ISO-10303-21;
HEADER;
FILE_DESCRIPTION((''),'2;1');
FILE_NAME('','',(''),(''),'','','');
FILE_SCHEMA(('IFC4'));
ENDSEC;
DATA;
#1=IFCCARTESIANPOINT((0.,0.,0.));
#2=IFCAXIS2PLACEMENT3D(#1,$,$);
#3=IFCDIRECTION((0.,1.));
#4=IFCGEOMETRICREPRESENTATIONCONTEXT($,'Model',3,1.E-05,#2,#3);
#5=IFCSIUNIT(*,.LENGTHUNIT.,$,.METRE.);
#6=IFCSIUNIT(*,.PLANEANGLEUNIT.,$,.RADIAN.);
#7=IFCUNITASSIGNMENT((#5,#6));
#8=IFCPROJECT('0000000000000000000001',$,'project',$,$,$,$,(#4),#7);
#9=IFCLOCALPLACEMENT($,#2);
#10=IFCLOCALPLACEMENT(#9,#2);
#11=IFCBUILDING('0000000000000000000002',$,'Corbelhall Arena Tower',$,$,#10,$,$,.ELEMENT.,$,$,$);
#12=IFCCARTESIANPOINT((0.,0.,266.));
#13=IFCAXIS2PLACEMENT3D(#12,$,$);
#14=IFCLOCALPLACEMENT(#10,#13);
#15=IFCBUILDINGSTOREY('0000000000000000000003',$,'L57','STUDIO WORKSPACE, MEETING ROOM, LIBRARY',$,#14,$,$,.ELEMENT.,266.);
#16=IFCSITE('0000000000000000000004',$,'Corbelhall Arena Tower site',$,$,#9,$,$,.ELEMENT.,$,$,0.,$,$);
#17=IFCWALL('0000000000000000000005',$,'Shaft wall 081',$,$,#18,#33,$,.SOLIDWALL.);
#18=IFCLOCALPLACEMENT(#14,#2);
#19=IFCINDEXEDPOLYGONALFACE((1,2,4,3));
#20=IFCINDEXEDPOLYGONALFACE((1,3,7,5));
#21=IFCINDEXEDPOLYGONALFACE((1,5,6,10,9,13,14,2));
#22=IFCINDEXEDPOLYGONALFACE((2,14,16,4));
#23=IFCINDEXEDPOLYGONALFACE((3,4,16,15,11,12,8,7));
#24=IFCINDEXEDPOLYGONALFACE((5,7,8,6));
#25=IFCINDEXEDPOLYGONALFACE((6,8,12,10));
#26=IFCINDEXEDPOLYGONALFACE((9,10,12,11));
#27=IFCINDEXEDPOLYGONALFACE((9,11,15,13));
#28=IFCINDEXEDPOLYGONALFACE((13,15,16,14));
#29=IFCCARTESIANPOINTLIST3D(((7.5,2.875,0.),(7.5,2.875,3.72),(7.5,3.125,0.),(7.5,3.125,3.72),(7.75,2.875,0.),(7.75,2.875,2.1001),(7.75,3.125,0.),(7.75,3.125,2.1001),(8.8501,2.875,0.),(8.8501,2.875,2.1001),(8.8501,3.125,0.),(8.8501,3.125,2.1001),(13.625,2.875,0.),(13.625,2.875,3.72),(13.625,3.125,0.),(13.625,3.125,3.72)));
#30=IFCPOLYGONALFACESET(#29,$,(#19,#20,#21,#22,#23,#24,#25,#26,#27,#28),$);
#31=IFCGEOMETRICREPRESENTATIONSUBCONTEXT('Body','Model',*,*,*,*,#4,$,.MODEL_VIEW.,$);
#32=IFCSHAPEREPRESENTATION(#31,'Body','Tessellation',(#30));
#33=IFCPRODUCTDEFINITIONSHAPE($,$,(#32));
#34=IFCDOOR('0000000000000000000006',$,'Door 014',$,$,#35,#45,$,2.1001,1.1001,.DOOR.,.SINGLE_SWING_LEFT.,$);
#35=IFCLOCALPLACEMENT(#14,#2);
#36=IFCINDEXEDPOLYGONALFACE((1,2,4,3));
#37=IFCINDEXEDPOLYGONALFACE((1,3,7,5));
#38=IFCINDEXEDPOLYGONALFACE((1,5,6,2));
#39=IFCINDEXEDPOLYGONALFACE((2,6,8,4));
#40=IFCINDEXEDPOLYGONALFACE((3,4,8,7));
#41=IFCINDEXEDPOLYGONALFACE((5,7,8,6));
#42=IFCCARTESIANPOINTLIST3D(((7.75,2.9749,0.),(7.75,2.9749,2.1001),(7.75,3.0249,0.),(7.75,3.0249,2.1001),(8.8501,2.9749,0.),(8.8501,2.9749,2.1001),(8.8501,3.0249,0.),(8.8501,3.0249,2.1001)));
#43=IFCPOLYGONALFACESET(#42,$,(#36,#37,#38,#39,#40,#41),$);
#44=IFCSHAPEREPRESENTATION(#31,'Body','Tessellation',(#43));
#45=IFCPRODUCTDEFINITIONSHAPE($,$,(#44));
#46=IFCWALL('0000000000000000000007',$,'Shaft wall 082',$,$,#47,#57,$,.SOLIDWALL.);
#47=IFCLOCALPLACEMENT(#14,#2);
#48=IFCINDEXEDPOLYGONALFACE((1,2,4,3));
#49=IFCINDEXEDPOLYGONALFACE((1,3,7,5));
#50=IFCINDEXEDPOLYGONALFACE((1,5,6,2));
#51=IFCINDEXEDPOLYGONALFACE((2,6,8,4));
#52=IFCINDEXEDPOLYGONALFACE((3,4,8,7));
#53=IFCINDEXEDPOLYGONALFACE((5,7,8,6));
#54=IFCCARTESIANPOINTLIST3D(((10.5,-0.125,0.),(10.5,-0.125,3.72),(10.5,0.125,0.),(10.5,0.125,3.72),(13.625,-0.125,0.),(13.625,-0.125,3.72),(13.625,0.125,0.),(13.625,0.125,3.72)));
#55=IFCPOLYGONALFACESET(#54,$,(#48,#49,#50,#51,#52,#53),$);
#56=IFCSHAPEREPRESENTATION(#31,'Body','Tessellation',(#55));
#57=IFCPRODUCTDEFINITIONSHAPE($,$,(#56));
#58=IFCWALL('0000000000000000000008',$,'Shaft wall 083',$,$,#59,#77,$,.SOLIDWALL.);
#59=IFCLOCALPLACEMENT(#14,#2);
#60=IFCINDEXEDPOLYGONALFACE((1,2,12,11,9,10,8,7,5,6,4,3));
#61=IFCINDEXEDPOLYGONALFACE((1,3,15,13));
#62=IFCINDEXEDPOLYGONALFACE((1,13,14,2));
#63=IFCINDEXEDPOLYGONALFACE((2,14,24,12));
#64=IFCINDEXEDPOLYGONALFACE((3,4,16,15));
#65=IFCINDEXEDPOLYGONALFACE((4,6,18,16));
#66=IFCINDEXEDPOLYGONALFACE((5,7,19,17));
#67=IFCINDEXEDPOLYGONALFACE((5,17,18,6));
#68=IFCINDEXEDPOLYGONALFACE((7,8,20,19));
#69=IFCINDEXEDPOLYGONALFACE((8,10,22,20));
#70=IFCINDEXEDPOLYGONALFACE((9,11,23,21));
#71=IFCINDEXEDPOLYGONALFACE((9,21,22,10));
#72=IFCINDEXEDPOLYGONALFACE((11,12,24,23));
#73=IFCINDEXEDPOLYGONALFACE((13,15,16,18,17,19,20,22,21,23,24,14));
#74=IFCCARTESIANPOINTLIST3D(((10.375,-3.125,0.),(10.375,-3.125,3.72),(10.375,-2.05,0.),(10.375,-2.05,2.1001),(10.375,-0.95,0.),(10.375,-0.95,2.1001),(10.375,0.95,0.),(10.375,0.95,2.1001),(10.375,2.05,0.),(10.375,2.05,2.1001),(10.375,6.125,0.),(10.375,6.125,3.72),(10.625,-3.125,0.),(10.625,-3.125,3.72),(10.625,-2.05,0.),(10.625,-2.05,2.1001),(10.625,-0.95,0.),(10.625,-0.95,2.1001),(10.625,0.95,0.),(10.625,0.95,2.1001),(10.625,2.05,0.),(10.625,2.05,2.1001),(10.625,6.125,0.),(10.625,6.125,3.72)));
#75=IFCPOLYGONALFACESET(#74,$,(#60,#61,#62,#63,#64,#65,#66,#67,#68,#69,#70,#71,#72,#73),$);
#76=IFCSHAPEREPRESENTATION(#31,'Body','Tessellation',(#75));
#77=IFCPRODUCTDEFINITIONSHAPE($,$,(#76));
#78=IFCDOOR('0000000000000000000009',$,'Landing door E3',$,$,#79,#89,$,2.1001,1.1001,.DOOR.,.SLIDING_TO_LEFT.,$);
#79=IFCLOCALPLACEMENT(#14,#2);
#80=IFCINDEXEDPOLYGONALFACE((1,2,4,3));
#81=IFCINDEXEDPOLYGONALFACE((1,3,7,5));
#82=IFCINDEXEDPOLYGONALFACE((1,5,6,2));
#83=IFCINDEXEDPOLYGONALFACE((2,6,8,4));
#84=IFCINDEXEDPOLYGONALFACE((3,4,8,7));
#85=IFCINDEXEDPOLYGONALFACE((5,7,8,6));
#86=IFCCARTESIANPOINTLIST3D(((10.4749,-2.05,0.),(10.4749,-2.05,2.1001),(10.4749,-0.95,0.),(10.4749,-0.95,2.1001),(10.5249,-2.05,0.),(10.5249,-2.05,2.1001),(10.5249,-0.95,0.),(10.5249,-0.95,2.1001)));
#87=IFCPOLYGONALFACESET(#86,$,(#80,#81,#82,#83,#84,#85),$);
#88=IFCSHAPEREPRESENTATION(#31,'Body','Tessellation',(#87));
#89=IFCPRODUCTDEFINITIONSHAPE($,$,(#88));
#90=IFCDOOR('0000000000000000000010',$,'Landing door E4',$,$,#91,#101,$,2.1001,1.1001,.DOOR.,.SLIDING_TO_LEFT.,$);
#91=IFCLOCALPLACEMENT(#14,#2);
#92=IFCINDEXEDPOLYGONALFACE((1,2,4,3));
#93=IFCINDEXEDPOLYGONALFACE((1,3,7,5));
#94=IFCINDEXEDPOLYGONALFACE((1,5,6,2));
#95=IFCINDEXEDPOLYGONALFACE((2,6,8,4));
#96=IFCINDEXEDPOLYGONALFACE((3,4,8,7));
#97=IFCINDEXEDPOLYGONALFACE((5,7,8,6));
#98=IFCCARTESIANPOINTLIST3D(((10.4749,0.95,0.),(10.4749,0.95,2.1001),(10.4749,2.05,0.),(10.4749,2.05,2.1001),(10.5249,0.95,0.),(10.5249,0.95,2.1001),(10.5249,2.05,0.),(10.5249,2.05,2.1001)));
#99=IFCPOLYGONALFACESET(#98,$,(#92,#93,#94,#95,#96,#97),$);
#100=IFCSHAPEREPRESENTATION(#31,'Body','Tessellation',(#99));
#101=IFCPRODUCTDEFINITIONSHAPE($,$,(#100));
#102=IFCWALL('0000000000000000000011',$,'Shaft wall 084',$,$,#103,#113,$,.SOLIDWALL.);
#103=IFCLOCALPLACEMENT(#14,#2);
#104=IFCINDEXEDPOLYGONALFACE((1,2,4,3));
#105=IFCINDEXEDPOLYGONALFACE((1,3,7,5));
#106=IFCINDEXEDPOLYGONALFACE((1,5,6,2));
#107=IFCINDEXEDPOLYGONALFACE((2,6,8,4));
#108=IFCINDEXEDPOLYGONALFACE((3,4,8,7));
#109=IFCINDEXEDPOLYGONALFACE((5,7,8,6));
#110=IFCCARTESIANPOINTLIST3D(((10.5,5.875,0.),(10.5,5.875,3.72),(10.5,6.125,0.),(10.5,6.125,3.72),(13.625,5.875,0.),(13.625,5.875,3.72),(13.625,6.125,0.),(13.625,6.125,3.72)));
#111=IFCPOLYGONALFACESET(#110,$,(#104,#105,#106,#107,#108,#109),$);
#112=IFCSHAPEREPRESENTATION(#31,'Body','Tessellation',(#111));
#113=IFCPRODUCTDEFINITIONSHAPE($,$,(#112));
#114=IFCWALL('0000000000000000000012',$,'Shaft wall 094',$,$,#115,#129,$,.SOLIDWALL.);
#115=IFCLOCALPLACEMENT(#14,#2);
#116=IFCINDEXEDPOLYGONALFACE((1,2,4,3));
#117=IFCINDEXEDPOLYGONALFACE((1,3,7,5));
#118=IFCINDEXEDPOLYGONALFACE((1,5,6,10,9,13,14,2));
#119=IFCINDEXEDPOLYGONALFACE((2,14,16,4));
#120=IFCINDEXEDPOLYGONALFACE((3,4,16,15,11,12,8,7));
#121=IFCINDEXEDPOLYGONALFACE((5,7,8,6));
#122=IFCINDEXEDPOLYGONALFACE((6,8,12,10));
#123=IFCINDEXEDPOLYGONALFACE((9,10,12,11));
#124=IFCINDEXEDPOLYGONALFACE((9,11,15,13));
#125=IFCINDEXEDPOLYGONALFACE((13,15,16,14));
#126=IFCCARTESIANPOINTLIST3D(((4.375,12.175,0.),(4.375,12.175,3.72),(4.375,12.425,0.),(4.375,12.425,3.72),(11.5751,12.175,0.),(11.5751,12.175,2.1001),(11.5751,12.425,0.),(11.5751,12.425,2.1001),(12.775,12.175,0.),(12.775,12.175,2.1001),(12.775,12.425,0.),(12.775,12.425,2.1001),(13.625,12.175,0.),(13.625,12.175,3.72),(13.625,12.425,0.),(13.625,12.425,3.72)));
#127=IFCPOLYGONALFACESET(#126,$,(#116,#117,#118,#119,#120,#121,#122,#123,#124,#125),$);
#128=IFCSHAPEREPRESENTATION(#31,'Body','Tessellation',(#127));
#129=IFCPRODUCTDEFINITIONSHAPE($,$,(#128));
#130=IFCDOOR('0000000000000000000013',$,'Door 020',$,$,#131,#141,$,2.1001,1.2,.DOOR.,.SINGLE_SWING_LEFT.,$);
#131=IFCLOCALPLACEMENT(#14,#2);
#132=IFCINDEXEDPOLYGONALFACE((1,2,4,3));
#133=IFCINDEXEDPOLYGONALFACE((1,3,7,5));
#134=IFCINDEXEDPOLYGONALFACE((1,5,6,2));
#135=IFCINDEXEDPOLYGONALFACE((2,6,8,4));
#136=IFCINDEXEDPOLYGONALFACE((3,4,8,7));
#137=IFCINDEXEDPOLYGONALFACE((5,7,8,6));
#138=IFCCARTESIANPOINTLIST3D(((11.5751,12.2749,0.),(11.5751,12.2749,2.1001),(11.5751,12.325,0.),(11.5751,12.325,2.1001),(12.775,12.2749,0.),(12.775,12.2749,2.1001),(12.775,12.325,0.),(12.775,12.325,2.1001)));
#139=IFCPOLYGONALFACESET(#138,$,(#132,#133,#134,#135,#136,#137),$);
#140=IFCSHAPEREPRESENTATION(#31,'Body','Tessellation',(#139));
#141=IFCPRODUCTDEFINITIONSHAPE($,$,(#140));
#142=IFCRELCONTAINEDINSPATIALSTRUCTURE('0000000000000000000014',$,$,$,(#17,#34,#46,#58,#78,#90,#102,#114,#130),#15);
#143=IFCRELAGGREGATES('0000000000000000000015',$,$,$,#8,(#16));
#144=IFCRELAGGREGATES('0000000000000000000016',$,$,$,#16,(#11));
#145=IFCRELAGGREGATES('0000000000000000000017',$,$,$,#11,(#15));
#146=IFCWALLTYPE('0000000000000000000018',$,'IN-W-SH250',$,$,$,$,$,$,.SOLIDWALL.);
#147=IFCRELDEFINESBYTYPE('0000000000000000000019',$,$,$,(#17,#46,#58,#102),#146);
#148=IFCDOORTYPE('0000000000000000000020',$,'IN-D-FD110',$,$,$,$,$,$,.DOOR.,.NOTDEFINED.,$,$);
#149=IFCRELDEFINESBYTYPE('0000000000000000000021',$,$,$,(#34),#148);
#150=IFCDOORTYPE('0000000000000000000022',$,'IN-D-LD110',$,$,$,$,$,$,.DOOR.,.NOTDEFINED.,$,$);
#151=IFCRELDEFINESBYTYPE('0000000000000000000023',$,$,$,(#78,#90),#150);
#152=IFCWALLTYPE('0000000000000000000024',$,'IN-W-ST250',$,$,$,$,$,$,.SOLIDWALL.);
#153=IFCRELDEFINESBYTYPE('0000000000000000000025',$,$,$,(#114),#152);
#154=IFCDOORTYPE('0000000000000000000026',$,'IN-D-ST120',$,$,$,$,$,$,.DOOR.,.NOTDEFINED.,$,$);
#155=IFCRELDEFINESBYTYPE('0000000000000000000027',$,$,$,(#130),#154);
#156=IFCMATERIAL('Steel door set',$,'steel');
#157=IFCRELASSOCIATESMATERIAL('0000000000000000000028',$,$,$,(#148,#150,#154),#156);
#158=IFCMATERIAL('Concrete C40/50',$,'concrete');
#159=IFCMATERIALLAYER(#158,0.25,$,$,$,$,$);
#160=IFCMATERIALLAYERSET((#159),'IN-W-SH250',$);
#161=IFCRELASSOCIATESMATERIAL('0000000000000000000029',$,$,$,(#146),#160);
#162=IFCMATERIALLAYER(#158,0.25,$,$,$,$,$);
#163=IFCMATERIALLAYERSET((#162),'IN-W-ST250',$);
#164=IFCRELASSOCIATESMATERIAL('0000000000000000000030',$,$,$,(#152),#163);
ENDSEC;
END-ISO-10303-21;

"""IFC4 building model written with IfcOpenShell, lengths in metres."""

from ifc_helpers import new_model, si_unit, direction, frame, frame_2d, origin, place, context, subcontext, project, spatial, rectangle, extrude, material, layer, layer_set, type_object, element, fill, save


model = new_model("IFC4")

# Units and contexts
model_context = context("Model", 3, precision=1e-05, world=origin(), true_north=direction((0.0, 1.0)))
body_context = subcontext(model_context, "Body", "Model", "MODEL_VIEW")
ifc_project = project(units=[si_unit("LENGTHUNIT", "METRE"), si_unit("PLANEANGLEUNIT", "RADIAN")], contexts=[model_context])

# Site, building, storey
site_placement = place(None, origin())
site = spatial("IfcSite", under=ifc_project, at=site_placement, Name="Corbelhall Arena Tower site", CompositionType="ELEMENT", RefElevation=0.0)
building_placement = place(site_placement, origin())
building = spatial("IfcBuilding", under=site, at=building_placement, Name="Corbelhall Arena Tower", CompositionType="ELEMENT")
storey_placement = place(building_placement, frame((0.0, 0.0, 266.0)))
storey = spatial("IfcBuildingStorey", under=building, at=storey_placement, Name="L57", Description="STUDIO WORKSPACE, MEETING ROOM, LIBRARY", CompositionType="ELEMENT", Elevation=266.0)

# Shared definitions
ifc_material_1 = material(Name="Concrete C40/50", Category="concrete")

# Shared definitions
ifc_material_2 = material(Name="Steel door set", Category="steel")
door_type_1 = type_object("IfcDoorType", Name="IN-D-FD110", OperationType="NOTDEFINED", PredefinedType="DOOR", material=ifc_material_2)

# Shared definitions
ifc_layer_1 = layer(ifc_material_1, 0.25)
ifc_layer_set_1 = layer_set([ifc_layer_1], Name="IN-W-SH250")
wall_type_1 = type_object("IfcWallType", Name="IN-W-SH250", PredefinedType="SOLIDWALL", material=ifc_layer_set_1)

# Wall, opening, door
wall_1_placement = place(storey_placement, frame((7.5, 3.0, 0.0), z_axis=(0.0, 0.0, 1.0), x_axis=(1.0, 0.0, 0.0)))
wall_1 = element("IfcWall", 1, at=wall_1_placement, inside=storey, type_object=wall_type_1, Name="Shaft wall 081", PredefinedType="SOLIDWALL", context=body_context, shape_type="SweptSolid", body=[
    extrude(rectangle(XDim=6.125, YDim=0.25, at=frame_2d((3.0625, 0.0))), origin(), (0.0, 0.0, 1.0), 3.72),
])
opening_1_placement = place(wall_1_placement, frame((0.25, 0.0, 0.0)))
opening_1 = element("IfcOpeningElement", 2, at=opening_1_placement, cuts=wall_1, PredefinedType="OPENING", context=body_context, shape_type="SweptSolid", body=[
    extrude(rectangle(XDim=1.1001, YDim=2.1001, at=frame_2d((0.55, 1.05))), frame((0.0, 0.125, 0.0), z_axis=(0.0, -1.0, 0.0), x_axis=(1.0, 0.0, 0.0)), (0.0, 0.0, 1.0), 0.25),
])
door_1_placement = place(opening_1_placement, origin())
door_1 = element("IfcDoor", 3, at=door_1_placement, inside=storey, type_object=door_type_1, Name="Door 014", OperationType="SINGLE_SWING_LEFT", OverallHeight=2.1001, OverallWidth=1.1001, PredefinedType="DOOR", context=body_context, shape_type="SweptSolid", body=[
    extrude(rectangle(XDim=1.1001, YDim=2.1001, at=frame_2d((0.55, 1.05))), frame((0.0, 0.0249, 0.0), z_axis=(0.0, -1.0, 0.0), x_axis=(1.0, 0.0, 0.0)), (0.0, 0.0, 1.0), 0.05),
])
fill(opening_1, door_1)

# Wall
wall_2_placement = place(storey_placement, frame((10.5, 0.0, 0.0), z_axis=(0.0, 0.0, 1.0), x_axis=(1.0, 0.0, 0.0)))
element("IfcWall", 4, at=wall_2_placement, inside=storey, type_object=wall_type_1, Name="Shaft wall 082", PredefinedType="SOLIDWALL", context=body_context, shape_type="SweptSolid", body=[
    extrude(rectangle(XDim=3.125, YDim=0.25, at=frame_2d((1.5625, 0.0))), origin(), (0.0, 0.0, 1.0), 3.72),
])

# Wall, openings, doors
wall_3_placement = place(storey_placement, frame((10.5, 6.125, 0.0), z_axis=(0.0, 0.0, 1.0), x_axis=(0.0, -1.0, 0.0)))
wall_3 = element("IfcWall", 5, at=wall_3_placement, inside=storey, type_object=wall_type_1, Name="Shaft wall 083", PredefinedType="SOLIDWALL", context=body_context, shape_type="SweptSolid", body=[
    extrude(rectangle(XDim=9.25, YDim=0.25, at=frame_2d((4.625, 0.0))), origin(), (0.0, 0.0, 1.0), 3.72),
])
opening_2_placement = place(wall_3_placement, frame((7.075, 0.0, 0.0)))
opening_2 = element("IfcOpeningElement", 6, at=opening_2_placement, cuts=wall_3, PredefinedType="OPENING", context=body_context, shape_type="SweptSolid", body=[
    extrude(rectangle(XDim=1.1001, YDim=2.1001, at=frame_2d((0.55, 1.05))), frame((0.0, 0.125, 0.0), z_axis=(0.0, -1.0, 0.0), x_axis=(1.0, 0.0, 0.0)), (0.0, 0.0, 1.0), 0.25),
])
opening_3_placement = place(wall_3_placement, frame((4.075, 0.0, 0.0)))
opening_3 = element("IfcOpeningElement", 7, at=opening_3_placement, cuts=wall_3, PredefinedType="OPENING", context=body_context, shape_type="SweptSolid", body=[
    extrude(rectangle(XDim=1.1001, YDim=2.1001, at=frame_2d((0.55, 1.05))), frame((0.0, 0.125, 0.0), z_axis=(0.0, -1.0, 0.0), x_axis=(1.0, 0.0, 0.0)), (0.0, 0.0, 1.0), 0.25),
])
door_type_2 = type_object("IfcDoorType", Name="IN-D-LD110", OperationType="NOTDEFINED", PredefinedType="DOOR", material=ifc_material_2)
door_2_placement = place(opening_2_placement, origin())
door_2 = element("IfcDoor", 8, at=door_2_placement, inside=storey, type_object=door_type_2, Name="Landing door E3", OperationType="SLIDING_TO_LEFT", OverallHeight=2.1001, OverallWidth=1.1001, PredefinedType="DOOR", context=body_context, shape_type="SweptSolid", body=[
    extrude(rectangle(XDim=1.1001, YDim=2.1001, at=frame_2d((0.55, 1.05))), frame((0.0, 0.0249, 0.0), z_axis=(0.0, -1.0, 0.0), x_axis=(1.0, 0.0, 0.0)), (0.0, 0.0, 1.0), 0.05),
])
fill(opening_2, door_2)
door_3_placement = place(opening_3_placement, origin())
door_3 = element("IfcDoor", 9, at=door_3_placement, inside=storey, type_object=door_type_2, Name="Landing door E4", OperationType="SLIDING_TO_LEFT", OverallHeight=2.1001, OverallWidth=1.1001, PredefinedType="DOOR", context=body_context, shape_type="SweptSolid", body=[
    extrude(rectangle(XDim=1.1001, YDim=2.1001, at=frame_2d((0.55, 1.05))), frame((0.0, 0.0249, 0.0), z_axis=(0.0, -1.0, 0.0), x_axis=(1.0, 0.0, 0.0)), (0.0, 0.0, 1.0), 0.05),
])
fill(opening_3, door_3)

# Wall
wall_4_placement = place(storey_placement, frame((10.5, 6.0, 0.0), z_axis=(0.0, 0.0, 1.0), x_axis=(1.0, 0.0, 0.0)))
element("IfcWall", 10, at=wall_4_placement, inside=storey, type_object=wall_type_1, Name="Shaft wall 084", PredefinedType="SOLIDWALL", context=body_context, shape_type="SweptSolid", body=[
    extrude(rectangle(XDim=3.125, YDim=0.25, at=frame_2d((1.5625, 0.0))), origin(), (0.0, 0.0, 1.0), 3.72),
])

# Wall, opening, door
ifc_layer_2 = layer(ifc_material_1, 0.25)
ifc_layer_set_2 = layer_set([ifc_layer_2], Name="IN-W-ST250")
wall_type_2 = type_object("IfcWallType", Name="IN-W-ST250", PredefinedType="SOLIDWALL", material=ifc_layer_set_2)
wall_5_placement = place(storey_placement, frame((4.375, 12.3, 0.0), z_axis=(0.0, 0.0, 1.0), x_axis=(1.0, 0.0, 0.0)))
wall_5 = element("IfcWall", 11, at=wall_5_placement, inside=storey, type_object=wall_type_2, Name="Shaft wall 094", PredefinedType="SOLIDWALL", context=body_context, shape_type="SweptSolid", body=[
    extrude(rectangle(XDim=9.25, YDim=0.25, at=frame_2d((4.625, 0.0))), origin(), (0.0, 0.0, 1.0), 3.72),
])
opening_4_placement = place(wall_5_placement, frame((7.2, 0.0, 0.0)))
opening_4 = element("IfcOpeningElement", 12, at=opening_4_placement, cuts=wall_5, PredefinedType="OPENING", context=body_context, shape_type="SweptSolid", body=[
    extrude(rectangle(XDim=1.2, YDim=2.1001, at=frame_2d((0.6001, 1.05))), frame((0.0, 0.125, 0.0), z_axis=(0.0, -1.0, 0.0), x_axis=(1.0, 0.0, 0.0)), (0.0, 0.0, 1.0), 0.25),
])
door_type_3 = type_object("IfcDoorType", Name="IN-D-ST120", OperationType="NOTDEFINED", PredefinedType="DOOR", material=ifc_material_2)
door_4_placement = place(opening_4_placement, origin())
door_4 = element("IfcDoor", 13, at=door_4_placement, inside=storey, type_object=door_type_3, Name="Door 020", OperationType="SINGLE_SWING_LEFT", OverallHeight=2.1001, OverallWidth=1.2, PredefinedType="DOOR", context=body_context, shape_type="SweptSolid", body=[
    extrude(rectangle(XDim=1.2, YDim=2.1001, at=frame_2d((0.6001, 1.05))), frame((0.0, 0.0249, 0.0), z_axis=(0.0, -1.0, 0.0), x_axis=(1.0, 0.0, 0.0)), (0.0, 0.0, 1.0), 0.05),
])
fill(opening_4, door_4)

save(model, "model.ifc")
